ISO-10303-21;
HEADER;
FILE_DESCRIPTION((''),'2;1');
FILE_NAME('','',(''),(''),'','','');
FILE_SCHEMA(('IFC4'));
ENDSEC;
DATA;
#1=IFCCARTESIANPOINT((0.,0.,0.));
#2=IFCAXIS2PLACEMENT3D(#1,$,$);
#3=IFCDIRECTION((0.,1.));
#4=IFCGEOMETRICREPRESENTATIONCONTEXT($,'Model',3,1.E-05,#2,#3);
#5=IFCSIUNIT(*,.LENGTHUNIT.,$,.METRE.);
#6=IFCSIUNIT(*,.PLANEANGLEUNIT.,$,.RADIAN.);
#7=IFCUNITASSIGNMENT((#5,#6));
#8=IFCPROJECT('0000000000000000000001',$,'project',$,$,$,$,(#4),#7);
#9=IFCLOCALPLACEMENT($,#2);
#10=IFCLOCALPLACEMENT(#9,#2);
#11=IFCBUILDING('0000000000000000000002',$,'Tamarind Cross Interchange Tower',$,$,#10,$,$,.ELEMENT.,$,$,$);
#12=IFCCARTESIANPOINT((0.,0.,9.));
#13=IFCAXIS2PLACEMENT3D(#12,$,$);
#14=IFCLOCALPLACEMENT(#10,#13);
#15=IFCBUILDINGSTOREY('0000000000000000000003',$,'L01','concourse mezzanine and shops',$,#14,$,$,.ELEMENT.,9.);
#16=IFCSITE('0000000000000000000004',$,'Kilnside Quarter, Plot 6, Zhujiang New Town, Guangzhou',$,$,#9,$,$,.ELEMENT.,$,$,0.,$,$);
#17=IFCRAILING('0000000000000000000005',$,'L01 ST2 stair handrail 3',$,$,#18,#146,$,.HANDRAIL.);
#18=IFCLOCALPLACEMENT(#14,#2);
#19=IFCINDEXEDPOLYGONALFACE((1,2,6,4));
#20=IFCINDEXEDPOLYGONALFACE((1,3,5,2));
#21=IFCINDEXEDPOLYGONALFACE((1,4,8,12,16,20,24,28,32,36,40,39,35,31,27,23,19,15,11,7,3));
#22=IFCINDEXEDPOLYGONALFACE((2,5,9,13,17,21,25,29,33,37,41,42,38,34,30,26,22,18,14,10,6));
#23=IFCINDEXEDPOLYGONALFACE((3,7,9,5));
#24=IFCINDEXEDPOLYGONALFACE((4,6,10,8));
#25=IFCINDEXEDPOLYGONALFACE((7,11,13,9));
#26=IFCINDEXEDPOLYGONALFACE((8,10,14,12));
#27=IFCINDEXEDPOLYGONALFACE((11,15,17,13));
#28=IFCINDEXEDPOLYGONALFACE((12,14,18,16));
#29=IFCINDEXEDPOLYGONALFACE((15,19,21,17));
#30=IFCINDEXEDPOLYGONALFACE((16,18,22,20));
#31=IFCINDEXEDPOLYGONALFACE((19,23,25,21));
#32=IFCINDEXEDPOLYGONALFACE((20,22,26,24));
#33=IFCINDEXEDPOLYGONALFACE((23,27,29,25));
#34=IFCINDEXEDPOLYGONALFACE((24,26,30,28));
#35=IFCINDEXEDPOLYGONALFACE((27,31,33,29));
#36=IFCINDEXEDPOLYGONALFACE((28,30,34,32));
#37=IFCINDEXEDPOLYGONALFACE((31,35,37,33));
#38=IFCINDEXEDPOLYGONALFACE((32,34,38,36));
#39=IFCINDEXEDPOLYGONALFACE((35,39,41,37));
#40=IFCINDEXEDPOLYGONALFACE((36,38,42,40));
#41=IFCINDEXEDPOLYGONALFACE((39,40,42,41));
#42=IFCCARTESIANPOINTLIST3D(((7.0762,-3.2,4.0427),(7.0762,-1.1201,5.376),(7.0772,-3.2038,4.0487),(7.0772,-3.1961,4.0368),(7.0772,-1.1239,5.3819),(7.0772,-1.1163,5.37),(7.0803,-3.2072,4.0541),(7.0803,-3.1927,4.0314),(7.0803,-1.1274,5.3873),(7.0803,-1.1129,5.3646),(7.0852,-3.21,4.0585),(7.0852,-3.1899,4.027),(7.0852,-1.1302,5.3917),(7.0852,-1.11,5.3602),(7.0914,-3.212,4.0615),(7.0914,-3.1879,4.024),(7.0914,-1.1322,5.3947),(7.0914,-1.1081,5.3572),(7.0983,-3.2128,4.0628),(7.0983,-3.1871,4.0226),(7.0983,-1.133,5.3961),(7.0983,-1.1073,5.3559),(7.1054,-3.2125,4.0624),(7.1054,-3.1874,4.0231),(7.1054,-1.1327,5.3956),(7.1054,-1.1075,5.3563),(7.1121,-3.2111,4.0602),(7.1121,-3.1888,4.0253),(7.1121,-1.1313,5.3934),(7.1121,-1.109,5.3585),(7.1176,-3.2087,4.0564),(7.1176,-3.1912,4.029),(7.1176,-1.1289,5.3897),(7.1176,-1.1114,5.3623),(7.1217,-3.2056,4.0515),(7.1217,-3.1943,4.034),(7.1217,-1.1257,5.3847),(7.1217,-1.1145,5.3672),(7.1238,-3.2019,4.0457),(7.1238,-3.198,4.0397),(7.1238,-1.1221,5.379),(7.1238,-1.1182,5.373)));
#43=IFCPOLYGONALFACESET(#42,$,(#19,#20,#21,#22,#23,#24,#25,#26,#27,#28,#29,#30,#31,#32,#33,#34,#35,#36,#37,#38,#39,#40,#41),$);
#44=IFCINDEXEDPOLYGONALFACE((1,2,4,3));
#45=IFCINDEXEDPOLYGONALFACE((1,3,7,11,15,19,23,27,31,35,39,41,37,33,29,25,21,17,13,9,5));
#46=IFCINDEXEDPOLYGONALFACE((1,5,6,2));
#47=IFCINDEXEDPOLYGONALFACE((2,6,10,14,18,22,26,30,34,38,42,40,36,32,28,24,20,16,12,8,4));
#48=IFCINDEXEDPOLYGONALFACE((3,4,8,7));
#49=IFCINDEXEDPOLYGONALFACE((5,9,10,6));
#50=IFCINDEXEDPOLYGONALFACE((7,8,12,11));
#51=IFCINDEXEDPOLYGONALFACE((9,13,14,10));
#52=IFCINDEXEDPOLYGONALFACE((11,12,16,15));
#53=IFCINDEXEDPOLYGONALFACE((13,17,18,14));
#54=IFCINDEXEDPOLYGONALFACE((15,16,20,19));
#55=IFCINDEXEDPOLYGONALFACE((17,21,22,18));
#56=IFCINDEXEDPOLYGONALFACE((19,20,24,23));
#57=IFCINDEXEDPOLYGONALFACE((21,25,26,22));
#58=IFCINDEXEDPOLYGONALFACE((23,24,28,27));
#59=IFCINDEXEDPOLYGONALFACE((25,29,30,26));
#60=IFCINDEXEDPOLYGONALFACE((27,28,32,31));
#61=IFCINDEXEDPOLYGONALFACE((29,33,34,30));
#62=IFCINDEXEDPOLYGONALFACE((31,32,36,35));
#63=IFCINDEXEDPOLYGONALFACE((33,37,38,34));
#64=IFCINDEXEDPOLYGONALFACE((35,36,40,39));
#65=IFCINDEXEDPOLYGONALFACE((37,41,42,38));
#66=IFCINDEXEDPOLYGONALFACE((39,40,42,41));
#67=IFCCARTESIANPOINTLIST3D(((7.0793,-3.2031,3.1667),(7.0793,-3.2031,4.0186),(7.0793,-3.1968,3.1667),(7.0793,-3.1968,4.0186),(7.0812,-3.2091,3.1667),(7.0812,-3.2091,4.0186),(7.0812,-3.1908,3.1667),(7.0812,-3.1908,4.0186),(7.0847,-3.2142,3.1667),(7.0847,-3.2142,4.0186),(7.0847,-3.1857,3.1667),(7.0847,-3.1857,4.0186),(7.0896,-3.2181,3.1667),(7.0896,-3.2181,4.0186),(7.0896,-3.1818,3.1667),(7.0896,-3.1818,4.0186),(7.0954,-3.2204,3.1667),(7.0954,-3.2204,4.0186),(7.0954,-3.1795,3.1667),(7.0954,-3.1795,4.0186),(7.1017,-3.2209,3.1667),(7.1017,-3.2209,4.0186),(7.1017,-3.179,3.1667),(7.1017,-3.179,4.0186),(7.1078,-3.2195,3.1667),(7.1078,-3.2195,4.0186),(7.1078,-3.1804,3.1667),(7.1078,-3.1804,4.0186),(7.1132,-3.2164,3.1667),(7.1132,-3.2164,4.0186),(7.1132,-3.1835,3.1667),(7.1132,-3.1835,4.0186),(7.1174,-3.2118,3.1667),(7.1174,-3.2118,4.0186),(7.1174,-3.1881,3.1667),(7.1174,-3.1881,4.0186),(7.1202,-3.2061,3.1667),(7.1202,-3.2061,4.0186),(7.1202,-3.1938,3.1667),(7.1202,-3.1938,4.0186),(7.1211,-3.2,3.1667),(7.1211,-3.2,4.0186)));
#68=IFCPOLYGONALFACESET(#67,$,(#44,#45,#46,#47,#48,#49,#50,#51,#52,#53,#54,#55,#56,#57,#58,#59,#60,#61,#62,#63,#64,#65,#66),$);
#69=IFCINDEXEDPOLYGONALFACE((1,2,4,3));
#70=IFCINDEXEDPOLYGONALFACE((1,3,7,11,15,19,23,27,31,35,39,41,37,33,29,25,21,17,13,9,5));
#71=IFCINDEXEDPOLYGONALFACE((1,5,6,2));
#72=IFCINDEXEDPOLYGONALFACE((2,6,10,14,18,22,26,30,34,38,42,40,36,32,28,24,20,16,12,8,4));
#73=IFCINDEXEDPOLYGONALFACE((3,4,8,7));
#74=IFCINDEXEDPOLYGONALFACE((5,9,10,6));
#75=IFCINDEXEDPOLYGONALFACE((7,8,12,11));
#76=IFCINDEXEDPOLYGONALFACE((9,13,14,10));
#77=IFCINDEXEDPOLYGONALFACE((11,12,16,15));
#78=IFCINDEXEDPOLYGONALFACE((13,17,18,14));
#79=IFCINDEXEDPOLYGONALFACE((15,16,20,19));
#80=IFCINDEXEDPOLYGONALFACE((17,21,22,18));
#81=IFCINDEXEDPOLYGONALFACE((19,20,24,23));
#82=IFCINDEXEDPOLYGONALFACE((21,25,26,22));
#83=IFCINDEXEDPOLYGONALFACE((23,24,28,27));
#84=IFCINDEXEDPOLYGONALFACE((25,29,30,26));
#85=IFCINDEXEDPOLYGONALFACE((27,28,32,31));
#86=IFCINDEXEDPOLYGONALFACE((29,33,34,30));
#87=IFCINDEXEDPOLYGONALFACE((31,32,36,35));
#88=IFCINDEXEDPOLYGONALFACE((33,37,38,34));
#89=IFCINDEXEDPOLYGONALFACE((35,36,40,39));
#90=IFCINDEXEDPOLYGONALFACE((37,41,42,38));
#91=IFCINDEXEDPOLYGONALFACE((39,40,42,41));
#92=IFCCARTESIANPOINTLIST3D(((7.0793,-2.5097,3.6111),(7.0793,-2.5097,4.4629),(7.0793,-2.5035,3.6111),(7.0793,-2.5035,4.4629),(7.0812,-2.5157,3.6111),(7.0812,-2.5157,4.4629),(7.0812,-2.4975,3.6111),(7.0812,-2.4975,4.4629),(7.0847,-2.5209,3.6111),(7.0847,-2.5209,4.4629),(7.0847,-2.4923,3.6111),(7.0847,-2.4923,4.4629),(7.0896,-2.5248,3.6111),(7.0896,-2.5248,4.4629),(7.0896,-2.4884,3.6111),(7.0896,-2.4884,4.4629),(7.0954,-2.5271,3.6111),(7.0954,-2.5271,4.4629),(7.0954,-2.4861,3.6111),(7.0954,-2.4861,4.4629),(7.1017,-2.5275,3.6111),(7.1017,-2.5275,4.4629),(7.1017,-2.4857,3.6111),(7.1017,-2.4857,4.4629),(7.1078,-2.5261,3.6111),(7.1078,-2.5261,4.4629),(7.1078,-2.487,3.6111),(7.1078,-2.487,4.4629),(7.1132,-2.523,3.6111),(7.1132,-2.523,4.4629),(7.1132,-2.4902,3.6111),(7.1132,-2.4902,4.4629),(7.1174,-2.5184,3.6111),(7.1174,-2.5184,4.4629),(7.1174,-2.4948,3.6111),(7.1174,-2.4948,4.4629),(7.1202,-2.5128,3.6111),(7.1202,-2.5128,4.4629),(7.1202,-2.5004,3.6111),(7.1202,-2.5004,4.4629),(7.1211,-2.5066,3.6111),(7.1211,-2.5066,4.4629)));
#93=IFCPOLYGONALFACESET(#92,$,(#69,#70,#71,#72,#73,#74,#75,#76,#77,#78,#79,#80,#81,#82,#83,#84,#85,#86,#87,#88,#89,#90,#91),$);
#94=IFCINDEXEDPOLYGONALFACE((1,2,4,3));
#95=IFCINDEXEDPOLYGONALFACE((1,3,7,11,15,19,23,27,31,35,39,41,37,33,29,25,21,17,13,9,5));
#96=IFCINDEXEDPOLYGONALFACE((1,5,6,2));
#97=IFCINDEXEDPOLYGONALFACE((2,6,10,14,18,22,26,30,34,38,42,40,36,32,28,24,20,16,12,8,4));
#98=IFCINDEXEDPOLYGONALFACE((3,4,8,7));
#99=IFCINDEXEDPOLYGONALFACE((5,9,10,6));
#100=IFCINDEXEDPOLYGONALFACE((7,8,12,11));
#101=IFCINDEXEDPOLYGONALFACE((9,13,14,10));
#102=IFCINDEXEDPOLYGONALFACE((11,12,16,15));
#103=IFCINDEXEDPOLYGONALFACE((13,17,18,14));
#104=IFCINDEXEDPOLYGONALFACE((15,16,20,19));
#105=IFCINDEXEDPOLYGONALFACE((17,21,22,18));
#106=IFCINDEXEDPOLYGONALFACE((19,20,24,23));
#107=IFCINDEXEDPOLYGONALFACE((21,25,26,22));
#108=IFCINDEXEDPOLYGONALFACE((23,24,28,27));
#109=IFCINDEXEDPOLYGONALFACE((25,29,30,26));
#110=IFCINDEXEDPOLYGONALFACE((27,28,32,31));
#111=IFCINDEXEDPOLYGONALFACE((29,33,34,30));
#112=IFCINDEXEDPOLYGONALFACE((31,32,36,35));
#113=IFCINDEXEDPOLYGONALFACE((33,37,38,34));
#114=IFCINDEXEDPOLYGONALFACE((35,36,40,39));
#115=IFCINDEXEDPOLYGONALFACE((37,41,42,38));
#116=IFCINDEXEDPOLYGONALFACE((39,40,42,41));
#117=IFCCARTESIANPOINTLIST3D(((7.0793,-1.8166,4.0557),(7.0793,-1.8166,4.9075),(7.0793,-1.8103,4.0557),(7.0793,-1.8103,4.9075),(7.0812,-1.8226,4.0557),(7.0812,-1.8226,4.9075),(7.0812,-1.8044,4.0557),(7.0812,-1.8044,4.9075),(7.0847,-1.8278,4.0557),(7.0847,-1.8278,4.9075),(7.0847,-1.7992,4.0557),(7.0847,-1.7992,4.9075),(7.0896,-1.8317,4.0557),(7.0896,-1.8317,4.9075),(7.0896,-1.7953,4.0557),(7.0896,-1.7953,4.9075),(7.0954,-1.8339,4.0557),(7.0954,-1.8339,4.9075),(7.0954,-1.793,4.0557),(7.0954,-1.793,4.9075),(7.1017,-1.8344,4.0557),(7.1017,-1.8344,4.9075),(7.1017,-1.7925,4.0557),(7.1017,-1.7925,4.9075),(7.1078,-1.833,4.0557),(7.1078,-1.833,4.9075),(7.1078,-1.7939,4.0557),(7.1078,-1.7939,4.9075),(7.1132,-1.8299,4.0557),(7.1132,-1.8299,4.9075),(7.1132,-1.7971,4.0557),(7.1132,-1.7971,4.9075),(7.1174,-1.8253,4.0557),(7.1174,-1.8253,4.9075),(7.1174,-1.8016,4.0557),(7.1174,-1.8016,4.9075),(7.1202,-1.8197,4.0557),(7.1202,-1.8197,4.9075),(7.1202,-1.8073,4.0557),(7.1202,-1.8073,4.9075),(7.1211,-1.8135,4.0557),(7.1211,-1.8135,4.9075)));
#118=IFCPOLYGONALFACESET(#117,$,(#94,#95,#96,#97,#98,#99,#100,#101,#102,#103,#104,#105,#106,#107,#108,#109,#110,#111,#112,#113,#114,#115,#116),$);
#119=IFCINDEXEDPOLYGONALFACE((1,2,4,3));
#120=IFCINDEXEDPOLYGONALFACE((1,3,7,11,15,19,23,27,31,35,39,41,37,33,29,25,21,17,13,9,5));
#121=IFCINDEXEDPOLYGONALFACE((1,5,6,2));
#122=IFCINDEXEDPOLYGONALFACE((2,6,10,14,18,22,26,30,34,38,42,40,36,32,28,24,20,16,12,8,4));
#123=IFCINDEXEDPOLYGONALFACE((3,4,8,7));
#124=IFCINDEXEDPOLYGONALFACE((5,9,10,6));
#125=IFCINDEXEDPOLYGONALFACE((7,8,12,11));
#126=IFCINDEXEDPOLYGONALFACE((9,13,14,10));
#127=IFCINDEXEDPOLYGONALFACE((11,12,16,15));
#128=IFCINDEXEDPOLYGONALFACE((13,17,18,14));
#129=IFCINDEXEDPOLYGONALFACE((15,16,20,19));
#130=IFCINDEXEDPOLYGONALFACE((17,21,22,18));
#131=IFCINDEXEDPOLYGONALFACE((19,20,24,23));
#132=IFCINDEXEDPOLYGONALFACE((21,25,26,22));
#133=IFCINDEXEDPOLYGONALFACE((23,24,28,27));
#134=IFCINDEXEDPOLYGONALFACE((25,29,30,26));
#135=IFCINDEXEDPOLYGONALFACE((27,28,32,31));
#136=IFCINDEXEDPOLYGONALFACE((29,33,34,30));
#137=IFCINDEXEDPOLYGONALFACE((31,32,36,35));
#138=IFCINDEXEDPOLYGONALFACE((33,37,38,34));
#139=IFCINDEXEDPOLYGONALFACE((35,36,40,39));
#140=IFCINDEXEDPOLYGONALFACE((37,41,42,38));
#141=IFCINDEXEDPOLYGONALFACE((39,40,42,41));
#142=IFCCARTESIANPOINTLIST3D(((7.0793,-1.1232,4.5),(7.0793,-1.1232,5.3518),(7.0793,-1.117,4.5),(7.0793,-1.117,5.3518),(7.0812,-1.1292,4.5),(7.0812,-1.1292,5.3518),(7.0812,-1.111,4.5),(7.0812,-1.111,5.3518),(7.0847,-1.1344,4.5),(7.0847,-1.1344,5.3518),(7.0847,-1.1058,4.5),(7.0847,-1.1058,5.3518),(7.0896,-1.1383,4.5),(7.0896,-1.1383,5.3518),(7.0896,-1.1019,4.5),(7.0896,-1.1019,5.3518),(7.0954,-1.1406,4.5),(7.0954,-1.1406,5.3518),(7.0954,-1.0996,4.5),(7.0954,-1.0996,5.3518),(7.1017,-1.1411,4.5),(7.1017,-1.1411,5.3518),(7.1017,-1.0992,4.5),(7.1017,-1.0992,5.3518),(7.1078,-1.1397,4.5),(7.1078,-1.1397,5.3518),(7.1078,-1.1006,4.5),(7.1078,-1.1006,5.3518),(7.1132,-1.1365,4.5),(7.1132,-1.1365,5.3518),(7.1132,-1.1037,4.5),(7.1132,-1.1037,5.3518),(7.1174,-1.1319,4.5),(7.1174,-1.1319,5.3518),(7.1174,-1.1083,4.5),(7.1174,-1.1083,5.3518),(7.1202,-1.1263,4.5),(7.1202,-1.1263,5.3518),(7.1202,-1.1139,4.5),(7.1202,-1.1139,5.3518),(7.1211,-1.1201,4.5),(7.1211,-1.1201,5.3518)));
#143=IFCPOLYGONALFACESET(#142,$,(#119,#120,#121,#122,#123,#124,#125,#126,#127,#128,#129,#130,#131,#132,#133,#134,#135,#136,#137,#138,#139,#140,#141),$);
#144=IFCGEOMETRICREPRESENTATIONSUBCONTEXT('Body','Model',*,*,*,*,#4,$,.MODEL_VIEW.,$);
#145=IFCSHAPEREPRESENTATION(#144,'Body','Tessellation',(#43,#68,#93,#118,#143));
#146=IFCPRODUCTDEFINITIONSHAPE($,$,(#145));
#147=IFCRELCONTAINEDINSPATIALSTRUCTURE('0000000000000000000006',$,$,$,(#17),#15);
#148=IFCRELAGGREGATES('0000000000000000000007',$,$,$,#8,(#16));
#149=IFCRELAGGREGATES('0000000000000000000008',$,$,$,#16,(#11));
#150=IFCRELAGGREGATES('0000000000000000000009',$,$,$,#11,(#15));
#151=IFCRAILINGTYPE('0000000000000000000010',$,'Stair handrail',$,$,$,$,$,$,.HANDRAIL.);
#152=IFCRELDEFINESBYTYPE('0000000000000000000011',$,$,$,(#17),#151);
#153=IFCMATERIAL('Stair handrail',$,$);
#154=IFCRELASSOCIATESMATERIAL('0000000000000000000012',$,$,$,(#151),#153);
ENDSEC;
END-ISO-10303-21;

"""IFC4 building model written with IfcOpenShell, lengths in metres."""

from ifc_helpers import new_model, si_unit, direction, frame, origin, origin_2d, place, context, subcontext, project, spatial, circle, extrude, material, type_object, element, save


model = new_model("IFC4")

# Units and contexts
model_context = context("Model", 3, precision=1e-05, world=origin(), true_north=direction((0.0, 1.0)))
body_context = subcontext(model_context, "Body", "Model", "MODEL_VIEW")
ifc_project = project(units=[si_unit("LENGTHUNIT", "METRE"), si_unit("PLANEANGLEUNIT", "RADIAN")], contexts=[model_context])

# Site, building, storey
site_placement = place(None, origin())
site = spatial("IfcSite", under=ifc_project, at=site_placement, Name="Kilnside Quarter, Plot 6, Zhujiang New Town, Guangzhou", CompositionType="ELEMENT", RefElevation=0.0)
building_placement = place(site_placement, origin())
building = spatial("IfcBuilding", under=site, at=building_placement, Name="Tamarind Cross Interchange Tower", CompositionType="ELEMENT")
storey_placement = place(building_placement, frame((0.0, 0.0, 9.0)))
storey = spatial("IfcBuildingStorey", under=building, at=storey_placement, Name="L01", Description="concourse mezzanine and shops", CompositionType="ELEMENT", Elevation=9.0)

# Railing
ifc_material_1 = material(Name="Stair handrail")
railing_type_1 = type_object("IfcRailingType", Name="Stair handrail", PredefinedType="HANDRAIL", material=ifc_material_1)
railing_1_placement = place(storey_placement, frame((7.1001, -3.2, 3.1667)))
element("IfcRailing", 1, at=railing_1_placement, inside=storey, type_object=railing_type_1, Name="L01 ST2 stair handrail 3", PredefinedType="HANDRAIL", context=body_context, shape_type="SweptSolid", body=[
    extrude(circle(Radius=0.0239, at=origin_2d()), frame((0.0, 0.0, 0.876), z_axis=(0.0, 0.841875, 0.539673), x_axis=(-1.0, 0.0, 0.0)), (0.0, 0.0, 1.0), 2.4705),
    extrude(circle(Radius=0.021, at=origin_2d()), origin(), (0.0, 0.0, 1.0), 0.8518),
    extrude(circle(Radius=0.021, at=origin_2d()), frame((0.0, 0.6934, 0.4443)), (0.0, 0.0, 1.0), 0.8518),
    extrude(circle(Radius=0.021, at=origin_2d()), frame((0.0, 1.3865, 0.8889)), (0.0, 0.0, 1.0), 0.8518),
    extrude(circle(Radius=0.021, at=origin_2d()), frame((0.0, 2.0798, 1.3333)), (0.0, 0.0, 1.0), 0.8518),
])

save(model, "model.ifc")
